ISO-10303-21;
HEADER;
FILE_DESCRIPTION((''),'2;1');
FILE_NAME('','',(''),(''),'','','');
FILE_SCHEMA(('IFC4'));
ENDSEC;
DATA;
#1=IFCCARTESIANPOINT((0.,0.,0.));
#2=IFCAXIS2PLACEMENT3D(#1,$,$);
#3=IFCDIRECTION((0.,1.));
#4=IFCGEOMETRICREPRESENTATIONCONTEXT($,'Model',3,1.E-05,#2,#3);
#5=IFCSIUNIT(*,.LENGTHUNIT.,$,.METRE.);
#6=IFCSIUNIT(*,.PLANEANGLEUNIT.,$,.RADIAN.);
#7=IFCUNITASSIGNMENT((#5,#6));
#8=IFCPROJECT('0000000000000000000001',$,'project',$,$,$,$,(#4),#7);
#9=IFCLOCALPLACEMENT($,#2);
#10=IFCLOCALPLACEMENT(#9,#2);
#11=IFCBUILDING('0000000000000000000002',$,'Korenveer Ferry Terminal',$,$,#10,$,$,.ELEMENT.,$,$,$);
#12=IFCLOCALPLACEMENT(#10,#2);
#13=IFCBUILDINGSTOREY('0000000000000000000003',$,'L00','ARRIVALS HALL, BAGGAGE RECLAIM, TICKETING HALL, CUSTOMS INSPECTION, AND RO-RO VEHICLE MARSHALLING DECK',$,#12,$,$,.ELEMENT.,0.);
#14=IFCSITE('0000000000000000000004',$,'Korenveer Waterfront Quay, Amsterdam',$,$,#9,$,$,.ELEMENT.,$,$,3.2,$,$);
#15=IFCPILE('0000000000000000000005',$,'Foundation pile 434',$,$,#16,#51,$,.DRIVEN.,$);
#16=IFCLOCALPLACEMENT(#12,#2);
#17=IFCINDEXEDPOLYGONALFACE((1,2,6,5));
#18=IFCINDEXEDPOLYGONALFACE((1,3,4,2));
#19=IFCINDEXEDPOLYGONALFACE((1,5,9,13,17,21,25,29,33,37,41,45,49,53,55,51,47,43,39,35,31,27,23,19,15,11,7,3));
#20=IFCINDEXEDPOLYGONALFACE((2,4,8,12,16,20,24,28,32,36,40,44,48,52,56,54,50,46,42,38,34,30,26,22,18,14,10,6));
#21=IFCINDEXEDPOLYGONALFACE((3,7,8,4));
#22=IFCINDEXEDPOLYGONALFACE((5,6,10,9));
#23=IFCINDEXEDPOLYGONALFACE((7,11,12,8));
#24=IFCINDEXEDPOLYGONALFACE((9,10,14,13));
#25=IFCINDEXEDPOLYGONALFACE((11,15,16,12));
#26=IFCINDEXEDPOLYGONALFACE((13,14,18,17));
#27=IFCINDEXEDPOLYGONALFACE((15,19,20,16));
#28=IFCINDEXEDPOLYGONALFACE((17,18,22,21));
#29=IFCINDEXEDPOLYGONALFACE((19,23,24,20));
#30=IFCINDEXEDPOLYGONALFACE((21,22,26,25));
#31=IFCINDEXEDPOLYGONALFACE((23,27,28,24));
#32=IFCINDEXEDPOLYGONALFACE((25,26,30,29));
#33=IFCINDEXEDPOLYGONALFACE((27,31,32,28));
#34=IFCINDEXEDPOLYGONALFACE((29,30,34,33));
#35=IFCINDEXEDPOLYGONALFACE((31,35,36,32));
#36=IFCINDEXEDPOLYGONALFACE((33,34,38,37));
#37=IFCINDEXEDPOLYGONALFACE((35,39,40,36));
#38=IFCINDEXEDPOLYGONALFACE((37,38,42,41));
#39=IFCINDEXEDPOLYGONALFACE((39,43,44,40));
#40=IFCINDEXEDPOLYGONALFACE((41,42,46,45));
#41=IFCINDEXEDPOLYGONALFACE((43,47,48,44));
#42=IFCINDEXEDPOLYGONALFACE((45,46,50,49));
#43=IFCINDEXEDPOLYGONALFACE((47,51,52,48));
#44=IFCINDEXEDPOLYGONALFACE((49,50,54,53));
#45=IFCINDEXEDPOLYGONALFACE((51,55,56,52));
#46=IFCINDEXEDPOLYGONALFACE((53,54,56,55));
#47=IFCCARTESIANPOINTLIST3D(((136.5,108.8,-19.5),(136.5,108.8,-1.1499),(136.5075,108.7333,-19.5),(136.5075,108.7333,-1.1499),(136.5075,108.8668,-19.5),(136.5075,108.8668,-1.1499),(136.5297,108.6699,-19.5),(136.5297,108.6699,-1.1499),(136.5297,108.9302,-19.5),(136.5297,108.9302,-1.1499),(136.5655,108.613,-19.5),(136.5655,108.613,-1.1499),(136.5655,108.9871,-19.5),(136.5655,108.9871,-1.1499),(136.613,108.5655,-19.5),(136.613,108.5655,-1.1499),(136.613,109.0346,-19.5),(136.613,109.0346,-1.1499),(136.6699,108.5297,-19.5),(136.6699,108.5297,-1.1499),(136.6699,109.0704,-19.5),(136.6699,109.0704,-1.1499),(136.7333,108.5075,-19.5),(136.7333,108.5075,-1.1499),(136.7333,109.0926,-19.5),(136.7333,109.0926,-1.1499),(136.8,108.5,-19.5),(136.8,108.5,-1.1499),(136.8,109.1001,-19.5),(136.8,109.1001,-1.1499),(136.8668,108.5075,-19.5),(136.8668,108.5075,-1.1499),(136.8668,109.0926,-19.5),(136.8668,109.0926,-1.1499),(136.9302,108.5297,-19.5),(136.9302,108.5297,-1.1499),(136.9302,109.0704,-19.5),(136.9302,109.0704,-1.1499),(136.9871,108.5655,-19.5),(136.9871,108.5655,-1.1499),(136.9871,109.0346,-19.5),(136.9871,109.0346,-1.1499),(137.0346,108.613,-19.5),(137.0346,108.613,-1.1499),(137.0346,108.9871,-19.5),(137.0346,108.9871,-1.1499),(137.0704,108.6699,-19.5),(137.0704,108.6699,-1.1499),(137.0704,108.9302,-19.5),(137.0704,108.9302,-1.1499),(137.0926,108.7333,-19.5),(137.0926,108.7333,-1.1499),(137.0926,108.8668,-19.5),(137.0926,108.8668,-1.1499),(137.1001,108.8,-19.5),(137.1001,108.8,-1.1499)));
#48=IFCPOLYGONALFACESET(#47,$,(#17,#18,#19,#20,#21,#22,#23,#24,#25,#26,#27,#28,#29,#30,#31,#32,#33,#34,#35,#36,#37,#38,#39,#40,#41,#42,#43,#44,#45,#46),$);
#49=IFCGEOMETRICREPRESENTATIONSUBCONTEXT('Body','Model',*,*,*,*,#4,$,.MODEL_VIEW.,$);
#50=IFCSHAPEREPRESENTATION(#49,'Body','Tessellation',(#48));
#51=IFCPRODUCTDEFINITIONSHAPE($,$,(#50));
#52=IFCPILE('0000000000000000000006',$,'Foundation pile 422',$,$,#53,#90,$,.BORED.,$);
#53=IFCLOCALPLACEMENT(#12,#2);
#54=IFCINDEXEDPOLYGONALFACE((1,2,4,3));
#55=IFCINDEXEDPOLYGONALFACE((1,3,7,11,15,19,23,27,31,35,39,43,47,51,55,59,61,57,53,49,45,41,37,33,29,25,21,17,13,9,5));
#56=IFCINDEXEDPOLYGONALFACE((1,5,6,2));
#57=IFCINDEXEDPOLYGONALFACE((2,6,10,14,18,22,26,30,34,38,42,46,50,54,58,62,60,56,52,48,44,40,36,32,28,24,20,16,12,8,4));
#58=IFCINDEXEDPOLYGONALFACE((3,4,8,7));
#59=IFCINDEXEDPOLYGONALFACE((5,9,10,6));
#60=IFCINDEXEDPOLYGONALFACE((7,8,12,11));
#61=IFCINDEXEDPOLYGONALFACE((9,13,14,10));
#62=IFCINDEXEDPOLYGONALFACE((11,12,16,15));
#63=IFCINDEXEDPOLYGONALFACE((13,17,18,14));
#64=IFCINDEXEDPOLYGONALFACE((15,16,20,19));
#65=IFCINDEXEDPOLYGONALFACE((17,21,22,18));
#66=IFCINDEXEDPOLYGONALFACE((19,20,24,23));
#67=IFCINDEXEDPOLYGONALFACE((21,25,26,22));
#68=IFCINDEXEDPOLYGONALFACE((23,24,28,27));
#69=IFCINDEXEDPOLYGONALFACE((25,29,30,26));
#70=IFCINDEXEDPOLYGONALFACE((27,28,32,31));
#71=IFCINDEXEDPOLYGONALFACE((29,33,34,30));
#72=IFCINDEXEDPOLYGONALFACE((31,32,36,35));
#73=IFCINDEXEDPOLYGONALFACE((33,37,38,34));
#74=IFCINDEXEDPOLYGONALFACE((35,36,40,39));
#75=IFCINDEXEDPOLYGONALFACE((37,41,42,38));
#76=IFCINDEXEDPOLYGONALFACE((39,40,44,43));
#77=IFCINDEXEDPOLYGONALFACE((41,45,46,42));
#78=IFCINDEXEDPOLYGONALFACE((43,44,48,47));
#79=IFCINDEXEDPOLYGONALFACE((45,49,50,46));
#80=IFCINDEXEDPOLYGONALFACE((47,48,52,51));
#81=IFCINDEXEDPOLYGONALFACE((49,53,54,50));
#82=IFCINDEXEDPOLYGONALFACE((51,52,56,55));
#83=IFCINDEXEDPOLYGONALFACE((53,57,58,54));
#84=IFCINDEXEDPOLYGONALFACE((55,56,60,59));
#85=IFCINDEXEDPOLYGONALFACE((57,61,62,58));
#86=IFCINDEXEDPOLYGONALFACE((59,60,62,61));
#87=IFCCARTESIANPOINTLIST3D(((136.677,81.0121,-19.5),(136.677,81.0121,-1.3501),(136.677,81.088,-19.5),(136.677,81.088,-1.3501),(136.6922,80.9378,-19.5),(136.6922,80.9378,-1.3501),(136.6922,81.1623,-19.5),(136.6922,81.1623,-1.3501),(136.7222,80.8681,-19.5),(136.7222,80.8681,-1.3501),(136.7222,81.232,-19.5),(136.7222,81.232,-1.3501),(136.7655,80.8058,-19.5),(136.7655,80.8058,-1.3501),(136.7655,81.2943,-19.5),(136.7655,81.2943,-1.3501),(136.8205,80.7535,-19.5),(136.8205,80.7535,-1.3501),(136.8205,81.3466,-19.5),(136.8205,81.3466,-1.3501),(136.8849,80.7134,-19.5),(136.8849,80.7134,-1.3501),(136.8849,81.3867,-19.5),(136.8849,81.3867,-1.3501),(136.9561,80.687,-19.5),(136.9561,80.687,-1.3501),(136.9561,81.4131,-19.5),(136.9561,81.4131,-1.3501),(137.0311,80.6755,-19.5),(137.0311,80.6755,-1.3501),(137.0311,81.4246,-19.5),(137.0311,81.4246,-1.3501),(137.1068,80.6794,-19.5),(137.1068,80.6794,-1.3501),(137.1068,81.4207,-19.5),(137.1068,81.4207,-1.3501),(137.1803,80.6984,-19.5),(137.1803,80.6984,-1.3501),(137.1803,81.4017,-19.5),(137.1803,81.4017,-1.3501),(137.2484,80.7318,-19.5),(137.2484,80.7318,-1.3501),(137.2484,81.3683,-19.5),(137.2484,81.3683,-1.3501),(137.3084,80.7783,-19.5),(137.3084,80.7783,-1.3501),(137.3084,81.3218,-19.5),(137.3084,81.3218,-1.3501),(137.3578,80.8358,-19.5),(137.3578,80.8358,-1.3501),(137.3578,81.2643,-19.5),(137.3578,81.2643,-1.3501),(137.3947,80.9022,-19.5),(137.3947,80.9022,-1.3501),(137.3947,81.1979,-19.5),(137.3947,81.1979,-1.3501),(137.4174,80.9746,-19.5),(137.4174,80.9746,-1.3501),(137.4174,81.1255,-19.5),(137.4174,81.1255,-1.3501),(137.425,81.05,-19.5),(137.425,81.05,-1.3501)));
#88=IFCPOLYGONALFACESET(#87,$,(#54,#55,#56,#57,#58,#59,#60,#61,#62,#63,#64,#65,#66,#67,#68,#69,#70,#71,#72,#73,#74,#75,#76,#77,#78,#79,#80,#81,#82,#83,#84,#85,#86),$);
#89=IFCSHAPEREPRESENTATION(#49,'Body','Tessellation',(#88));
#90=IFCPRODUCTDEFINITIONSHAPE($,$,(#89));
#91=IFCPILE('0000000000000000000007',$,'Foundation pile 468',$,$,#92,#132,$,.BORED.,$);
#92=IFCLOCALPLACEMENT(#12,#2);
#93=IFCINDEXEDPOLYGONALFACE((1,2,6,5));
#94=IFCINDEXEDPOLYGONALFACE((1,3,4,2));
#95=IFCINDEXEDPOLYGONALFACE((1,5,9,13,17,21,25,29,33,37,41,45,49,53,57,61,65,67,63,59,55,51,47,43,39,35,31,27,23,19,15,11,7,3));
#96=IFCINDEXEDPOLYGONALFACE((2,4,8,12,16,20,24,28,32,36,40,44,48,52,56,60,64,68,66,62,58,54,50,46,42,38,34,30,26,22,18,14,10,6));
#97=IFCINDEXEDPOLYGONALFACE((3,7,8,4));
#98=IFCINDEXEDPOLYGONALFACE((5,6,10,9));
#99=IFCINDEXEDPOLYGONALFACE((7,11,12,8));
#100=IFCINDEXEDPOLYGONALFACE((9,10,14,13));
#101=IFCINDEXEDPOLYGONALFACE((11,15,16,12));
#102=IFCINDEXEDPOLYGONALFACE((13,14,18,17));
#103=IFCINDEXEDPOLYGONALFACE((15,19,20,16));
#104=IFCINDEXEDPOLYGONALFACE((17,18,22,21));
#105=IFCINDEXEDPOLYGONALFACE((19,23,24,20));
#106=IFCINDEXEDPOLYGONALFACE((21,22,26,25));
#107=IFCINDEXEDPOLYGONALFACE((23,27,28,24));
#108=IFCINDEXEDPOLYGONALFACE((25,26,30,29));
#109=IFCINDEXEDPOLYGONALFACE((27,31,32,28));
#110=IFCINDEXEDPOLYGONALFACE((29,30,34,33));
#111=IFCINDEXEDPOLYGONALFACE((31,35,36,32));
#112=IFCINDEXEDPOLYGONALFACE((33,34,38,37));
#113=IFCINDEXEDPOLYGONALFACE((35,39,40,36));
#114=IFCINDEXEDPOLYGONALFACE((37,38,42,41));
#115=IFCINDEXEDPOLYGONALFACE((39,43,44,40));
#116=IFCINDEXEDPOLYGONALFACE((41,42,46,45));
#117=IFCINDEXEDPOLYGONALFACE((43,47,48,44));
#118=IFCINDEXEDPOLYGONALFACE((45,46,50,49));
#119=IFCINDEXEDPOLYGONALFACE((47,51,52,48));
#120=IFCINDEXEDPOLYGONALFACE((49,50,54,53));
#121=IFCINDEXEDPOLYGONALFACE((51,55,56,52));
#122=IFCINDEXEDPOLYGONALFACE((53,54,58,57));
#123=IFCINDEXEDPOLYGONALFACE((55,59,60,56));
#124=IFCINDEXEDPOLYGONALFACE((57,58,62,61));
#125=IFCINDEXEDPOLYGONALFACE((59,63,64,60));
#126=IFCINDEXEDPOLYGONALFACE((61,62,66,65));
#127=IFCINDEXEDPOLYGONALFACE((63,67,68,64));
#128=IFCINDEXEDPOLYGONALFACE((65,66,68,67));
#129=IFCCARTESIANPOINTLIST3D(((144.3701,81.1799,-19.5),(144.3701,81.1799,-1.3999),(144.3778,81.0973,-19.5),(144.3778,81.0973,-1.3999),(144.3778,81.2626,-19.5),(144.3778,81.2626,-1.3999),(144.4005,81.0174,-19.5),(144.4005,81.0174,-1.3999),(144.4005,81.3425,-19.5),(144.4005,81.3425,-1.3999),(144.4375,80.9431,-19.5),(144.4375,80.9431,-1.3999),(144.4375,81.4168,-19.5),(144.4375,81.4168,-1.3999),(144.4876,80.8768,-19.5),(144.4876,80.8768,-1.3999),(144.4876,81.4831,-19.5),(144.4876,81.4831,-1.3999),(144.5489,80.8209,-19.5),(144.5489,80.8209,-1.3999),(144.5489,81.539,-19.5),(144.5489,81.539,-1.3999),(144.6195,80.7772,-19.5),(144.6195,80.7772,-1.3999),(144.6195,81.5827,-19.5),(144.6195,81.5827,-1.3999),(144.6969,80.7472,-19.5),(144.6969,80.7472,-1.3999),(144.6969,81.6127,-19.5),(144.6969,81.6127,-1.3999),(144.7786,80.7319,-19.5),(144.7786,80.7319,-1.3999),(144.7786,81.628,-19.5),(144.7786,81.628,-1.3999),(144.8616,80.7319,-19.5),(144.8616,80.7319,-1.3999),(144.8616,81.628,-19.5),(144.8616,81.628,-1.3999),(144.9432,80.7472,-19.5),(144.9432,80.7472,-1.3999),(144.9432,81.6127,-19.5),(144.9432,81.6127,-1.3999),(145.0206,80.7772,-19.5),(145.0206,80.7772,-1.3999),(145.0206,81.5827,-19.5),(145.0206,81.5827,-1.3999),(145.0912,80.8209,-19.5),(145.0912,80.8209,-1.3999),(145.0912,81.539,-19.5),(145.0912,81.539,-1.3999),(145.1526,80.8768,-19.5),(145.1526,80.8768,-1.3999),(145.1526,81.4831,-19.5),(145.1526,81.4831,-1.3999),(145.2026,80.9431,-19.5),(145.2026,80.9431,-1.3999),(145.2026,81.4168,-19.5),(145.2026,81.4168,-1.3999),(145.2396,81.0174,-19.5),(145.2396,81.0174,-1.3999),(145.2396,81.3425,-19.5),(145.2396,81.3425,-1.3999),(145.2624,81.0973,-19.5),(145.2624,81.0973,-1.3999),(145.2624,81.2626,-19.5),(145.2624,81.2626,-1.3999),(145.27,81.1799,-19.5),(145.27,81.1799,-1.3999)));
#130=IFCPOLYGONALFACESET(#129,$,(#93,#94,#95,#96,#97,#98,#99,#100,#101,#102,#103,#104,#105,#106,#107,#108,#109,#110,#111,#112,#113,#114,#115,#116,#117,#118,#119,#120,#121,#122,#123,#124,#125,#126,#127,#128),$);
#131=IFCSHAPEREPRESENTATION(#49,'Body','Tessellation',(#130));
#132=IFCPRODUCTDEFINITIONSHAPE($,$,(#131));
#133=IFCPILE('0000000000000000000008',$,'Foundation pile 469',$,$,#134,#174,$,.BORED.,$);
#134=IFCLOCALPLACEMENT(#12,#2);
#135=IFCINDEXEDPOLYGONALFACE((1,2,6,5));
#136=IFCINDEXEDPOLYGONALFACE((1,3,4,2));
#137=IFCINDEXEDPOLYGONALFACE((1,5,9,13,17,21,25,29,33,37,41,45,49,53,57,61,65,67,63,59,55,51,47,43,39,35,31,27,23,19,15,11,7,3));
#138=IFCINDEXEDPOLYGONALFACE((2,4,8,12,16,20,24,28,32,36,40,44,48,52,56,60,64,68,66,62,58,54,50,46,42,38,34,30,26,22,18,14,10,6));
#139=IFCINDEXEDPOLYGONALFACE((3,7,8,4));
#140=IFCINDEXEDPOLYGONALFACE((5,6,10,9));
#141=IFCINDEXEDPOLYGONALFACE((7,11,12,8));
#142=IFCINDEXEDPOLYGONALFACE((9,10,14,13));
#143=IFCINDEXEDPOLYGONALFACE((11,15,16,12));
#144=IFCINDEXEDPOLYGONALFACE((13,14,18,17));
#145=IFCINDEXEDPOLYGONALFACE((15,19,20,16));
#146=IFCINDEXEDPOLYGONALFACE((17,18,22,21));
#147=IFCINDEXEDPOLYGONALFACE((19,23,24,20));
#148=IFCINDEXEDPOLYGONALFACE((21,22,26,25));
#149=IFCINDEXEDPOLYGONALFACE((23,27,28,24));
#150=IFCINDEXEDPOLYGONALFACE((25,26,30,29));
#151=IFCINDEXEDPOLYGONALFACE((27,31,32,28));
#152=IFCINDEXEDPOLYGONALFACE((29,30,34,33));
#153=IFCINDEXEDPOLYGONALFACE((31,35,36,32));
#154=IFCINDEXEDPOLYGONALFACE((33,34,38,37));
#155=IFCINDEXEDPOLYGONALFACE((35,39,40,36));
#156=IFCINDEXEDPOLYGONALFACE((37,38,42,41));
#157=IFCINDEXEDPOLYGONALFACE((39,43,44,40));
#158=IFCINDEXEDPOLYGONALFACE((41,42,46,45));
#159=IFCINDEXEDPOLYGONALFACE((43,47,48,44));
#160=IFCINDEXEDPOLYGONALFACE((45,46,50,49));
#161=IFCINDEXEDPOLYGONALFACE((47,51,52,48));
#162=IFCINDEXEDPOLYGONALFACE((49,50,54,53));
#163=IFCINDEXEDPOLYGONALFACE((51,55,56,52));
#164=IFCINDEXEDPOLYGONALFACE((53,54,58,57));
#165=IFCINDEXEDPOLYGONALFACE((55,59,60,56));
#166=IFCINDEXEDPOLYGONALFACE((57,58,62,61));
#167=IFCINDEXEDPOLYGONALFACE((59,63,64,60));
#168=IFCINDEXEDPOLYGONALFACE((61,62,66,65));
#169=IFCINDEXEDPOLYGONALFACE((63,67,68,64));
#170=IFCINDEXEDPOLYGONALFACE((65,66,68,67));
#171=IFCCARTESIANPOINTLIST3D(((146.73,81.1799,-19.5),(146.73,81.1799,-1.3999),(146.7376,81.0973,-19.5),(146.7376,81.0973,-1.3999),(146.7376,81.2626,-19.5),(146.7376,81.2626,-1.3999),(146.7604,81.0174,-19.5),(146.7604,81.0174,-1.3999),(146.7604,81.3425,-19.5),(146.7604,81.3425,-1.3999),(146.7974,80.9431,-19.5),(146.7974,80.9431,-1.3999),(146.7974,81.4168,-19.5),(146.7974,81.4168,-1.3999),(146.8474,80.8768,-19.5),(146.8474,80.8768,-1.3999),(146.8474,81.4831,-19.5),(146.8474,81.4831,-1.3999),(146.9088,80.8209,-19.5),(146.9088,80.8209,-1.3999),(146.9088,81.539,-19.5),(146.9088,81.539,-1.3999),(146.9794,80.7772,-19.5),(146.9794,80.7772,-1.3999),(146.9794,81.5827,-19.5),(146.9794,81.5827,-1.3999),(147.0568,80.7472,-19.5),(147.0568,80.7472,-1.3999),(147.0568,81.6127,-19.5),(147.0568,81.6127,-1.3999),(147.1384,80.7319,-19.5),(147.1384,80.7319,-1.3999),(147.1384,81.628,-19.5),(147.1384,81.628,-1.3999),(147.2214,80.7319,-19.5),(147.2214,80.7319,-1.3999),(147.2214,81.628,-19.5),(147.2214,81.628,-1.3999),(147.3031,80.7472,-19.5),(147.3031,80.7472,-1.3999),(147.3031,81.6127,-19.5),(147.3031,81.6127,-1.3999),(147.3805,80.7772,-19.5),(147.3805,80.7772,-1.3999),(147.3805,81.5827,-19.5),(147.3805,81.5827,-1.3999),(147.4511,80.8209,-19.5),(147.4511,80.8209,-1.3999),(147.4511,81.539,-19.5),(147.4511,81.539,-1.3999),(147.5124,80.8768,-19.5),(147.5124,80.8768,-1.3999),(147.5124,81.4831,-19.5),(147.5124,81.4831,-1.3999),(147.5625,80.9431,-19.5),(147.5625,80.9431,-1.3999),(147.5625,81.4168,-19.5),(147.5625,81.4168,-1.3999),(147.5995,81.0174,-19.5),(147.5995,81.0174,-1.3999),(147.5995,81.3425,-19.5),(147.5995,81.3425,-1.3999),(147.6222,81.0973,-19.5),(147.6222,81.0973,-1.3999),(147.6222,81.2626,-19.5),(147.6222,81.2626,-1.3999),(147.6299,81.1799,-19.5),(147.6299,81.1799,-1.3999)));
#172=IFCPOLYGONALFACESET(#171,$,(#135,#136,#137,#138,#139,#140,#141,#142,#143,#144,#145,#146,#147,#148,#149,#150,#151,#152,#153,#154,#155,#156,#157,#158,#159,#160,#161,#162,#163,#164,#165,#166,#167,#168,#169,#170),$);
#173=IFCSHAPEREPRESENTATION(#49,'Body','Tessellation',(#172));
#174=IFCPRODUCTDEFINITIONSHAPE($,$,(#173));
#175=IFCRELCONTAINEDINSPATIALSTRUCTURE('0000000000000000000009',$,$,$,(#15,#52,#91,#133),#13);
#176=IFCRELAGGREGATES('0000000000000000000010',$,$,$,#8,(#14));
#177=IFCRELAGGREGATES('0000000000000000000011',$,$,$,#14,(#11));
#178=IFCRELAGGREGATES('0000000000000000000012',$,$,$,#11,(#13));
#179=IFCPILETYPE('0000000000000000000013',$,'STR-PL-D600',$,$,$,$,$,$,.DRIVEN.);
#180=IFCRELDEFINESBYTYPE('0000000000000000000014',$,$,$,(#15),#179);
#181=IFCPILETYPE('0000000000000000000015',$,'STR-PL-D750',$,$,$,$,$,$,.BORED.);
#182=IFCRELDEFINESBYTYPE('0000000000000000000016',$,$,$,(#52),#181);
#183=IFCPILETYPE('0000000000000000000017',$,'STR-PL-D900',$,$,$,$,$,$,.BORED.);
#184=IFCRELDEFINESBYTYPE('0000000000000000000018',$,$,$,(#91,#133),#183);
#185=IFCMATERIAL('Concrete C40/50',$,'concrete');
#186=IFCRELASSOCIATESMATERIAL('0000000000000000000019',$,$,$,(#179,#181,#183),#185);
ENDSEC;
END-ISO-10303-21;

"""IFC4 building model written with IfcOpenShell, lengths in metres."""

from ifc_helpers import new_model, si_unit, direction, frame, origin, origin_2d, place, context, subcontext, project, spatial, circle, extrude, material, material_profile, profile_set, type_object, element, save


model = new_model("IFC4")

# Units and contexts
model_context = context("Model", 3, precision=1e-05, world=origin(), true_north=direction((0.0, 1.0)))
body_context = subcontext(model_context, "Body", "Model", "MODEL_VIEW")
ifc_project = project(units=[si_unit("LENGTHUNIT", "METRE"), si_unit("PLANEANGLEUNIT", "RADIAN")], contexts=[model_context])

# Site, building, storey
site_placement = place(None, origin())
site = spatial("IfcSite", under=ifc_project, at=site_placement, Name="Korenveer Waterfront Quay, Amsterdam", CompositionType="ELEMENT", RefElevation=3.2)
building_placement = place(site_placement, origin())
building = spatial("IfcBuilding", under=site, at=building_placement, Name="Korenveer Ferry Terminal", CompositionType="ELEMENT")
storey_placement = place(building_placement, origin())
storey = spatial("IfcBuildingStorey", under=building, at=storey_placement, Name="L00", Description="ARRIVALS HALL, BAGGAGE RECLAIM, TICKETING HALL, CUSTOMS INSPECTION, AND RO-RO VEHICLE MARSHALLING DECK", CompositionType="ELEMENT", Elevation=0.0)

# Piles
ifc_material_1 = material(Name="Concrete C40/50", Category="concrete")
ifc_material_profile_1 = material_profile(ifc_material_1, circle(Radius=0.3, at=origin_2d()), Name="PILE D600")
ifc_profile_set_1 = profile_set([ifc_material_profile_1], Name="Concrete C40/50")
pile_type_1 = type_object("IfcPileType", Name="STR-PL-D600", PredefinedType="DRIVEN", material=ifc_profile_set_1)
for number, where, z_axis, x_axis, name in (
    (1, (136.8, 108.8, -1.1499), (0.0, 0.0, -1.0), (1.0, 0.0, 0.0), "Foundation pile 434"),
):
    element("IfcPile", number, at=place(storey_placement, frame(where, z_axis=z_axis, x_axis=x_axis)), inside=storey, type_object=pile_type_1, Name=name, PredefinedType="DRIVEN", context=body_context, shape_type="SweptSolid", body=[
        extrude(circle(Radius=0.3, at=origin_2d()), origin(), (0.0, 0.0, 1.0), 18.3501),
    ])
ifc_material_profile_2 = material_profile(ifc_material_1, circle(Radius=0.375, at=origin_2d()), Name="PILE D750")
ifc_profile_set_2 = profile_set([ifc_material_profile_2], Name="Concrete C40/50")
pile_type_2 = type_object("IfcPileType", Name="STR-PL-D750", PredefinedType="BORED", material=ifc_profile_set_2)
pile_placement = place(storey_placement, frame((137.05, 81.05, -1.3501), z_axis=(0.0, 0.0, -1.0), x_axis=(1.0, 0.0, 0.0)))
element("IfcPile", 2, at=pile_placement, inside=storey, type_object=pile_type_2, Name="Foundation pile 422", PredefinedType="BORED", context=body_context, shape_type="SweptSolid", body=[
    extrude(circle(Radius=0.375, at=origin_2d()), origin(), (0.0, 0.0, 1.0), 18.1499),
])
ifc_material_profile_3 = material_profile(ifc_material_1, circle(Radius=0.45, at=origin_2d()), Name="PILE D900")
ifc_profile_set_3 = profile_set([ifc_material_profile_3], Name="Concrete C40/50")
pile_type_3 = type_object("IfcPileType", Name="STR-PL-D900", PredefinedType="BORED", material=ifc_profile_set_3)
for number, where, z_axis, x_axis, name in (
    (3, (144.8201, 81.1799, -1.3999), (0.0, 0.0, -1.0), (1.0, 0.0, 0.0), "Foundation pile 468"),
    (4, (147.1799, 81.1799, -1.3999), (0.0, 0.0, -1.0), (1.0, 0.0, 0.0), "Foundation pile 469"),
):
    element("IfcPile", number, at=place(storey_placement, frame(where, z_axis=z_axis, x_axis=x_axis)), inside=storey, type_object=pile_type_3, Name=name, PredefinedType="BORED", context=body_context, shape_type="SweptSolid", body=[
        extrude(circle(Radius=0.45, at=origin_2d()), origin(), (0.0, 0.0, 1.0), 18.1001),
    ])

save(model, "model.ifc")
